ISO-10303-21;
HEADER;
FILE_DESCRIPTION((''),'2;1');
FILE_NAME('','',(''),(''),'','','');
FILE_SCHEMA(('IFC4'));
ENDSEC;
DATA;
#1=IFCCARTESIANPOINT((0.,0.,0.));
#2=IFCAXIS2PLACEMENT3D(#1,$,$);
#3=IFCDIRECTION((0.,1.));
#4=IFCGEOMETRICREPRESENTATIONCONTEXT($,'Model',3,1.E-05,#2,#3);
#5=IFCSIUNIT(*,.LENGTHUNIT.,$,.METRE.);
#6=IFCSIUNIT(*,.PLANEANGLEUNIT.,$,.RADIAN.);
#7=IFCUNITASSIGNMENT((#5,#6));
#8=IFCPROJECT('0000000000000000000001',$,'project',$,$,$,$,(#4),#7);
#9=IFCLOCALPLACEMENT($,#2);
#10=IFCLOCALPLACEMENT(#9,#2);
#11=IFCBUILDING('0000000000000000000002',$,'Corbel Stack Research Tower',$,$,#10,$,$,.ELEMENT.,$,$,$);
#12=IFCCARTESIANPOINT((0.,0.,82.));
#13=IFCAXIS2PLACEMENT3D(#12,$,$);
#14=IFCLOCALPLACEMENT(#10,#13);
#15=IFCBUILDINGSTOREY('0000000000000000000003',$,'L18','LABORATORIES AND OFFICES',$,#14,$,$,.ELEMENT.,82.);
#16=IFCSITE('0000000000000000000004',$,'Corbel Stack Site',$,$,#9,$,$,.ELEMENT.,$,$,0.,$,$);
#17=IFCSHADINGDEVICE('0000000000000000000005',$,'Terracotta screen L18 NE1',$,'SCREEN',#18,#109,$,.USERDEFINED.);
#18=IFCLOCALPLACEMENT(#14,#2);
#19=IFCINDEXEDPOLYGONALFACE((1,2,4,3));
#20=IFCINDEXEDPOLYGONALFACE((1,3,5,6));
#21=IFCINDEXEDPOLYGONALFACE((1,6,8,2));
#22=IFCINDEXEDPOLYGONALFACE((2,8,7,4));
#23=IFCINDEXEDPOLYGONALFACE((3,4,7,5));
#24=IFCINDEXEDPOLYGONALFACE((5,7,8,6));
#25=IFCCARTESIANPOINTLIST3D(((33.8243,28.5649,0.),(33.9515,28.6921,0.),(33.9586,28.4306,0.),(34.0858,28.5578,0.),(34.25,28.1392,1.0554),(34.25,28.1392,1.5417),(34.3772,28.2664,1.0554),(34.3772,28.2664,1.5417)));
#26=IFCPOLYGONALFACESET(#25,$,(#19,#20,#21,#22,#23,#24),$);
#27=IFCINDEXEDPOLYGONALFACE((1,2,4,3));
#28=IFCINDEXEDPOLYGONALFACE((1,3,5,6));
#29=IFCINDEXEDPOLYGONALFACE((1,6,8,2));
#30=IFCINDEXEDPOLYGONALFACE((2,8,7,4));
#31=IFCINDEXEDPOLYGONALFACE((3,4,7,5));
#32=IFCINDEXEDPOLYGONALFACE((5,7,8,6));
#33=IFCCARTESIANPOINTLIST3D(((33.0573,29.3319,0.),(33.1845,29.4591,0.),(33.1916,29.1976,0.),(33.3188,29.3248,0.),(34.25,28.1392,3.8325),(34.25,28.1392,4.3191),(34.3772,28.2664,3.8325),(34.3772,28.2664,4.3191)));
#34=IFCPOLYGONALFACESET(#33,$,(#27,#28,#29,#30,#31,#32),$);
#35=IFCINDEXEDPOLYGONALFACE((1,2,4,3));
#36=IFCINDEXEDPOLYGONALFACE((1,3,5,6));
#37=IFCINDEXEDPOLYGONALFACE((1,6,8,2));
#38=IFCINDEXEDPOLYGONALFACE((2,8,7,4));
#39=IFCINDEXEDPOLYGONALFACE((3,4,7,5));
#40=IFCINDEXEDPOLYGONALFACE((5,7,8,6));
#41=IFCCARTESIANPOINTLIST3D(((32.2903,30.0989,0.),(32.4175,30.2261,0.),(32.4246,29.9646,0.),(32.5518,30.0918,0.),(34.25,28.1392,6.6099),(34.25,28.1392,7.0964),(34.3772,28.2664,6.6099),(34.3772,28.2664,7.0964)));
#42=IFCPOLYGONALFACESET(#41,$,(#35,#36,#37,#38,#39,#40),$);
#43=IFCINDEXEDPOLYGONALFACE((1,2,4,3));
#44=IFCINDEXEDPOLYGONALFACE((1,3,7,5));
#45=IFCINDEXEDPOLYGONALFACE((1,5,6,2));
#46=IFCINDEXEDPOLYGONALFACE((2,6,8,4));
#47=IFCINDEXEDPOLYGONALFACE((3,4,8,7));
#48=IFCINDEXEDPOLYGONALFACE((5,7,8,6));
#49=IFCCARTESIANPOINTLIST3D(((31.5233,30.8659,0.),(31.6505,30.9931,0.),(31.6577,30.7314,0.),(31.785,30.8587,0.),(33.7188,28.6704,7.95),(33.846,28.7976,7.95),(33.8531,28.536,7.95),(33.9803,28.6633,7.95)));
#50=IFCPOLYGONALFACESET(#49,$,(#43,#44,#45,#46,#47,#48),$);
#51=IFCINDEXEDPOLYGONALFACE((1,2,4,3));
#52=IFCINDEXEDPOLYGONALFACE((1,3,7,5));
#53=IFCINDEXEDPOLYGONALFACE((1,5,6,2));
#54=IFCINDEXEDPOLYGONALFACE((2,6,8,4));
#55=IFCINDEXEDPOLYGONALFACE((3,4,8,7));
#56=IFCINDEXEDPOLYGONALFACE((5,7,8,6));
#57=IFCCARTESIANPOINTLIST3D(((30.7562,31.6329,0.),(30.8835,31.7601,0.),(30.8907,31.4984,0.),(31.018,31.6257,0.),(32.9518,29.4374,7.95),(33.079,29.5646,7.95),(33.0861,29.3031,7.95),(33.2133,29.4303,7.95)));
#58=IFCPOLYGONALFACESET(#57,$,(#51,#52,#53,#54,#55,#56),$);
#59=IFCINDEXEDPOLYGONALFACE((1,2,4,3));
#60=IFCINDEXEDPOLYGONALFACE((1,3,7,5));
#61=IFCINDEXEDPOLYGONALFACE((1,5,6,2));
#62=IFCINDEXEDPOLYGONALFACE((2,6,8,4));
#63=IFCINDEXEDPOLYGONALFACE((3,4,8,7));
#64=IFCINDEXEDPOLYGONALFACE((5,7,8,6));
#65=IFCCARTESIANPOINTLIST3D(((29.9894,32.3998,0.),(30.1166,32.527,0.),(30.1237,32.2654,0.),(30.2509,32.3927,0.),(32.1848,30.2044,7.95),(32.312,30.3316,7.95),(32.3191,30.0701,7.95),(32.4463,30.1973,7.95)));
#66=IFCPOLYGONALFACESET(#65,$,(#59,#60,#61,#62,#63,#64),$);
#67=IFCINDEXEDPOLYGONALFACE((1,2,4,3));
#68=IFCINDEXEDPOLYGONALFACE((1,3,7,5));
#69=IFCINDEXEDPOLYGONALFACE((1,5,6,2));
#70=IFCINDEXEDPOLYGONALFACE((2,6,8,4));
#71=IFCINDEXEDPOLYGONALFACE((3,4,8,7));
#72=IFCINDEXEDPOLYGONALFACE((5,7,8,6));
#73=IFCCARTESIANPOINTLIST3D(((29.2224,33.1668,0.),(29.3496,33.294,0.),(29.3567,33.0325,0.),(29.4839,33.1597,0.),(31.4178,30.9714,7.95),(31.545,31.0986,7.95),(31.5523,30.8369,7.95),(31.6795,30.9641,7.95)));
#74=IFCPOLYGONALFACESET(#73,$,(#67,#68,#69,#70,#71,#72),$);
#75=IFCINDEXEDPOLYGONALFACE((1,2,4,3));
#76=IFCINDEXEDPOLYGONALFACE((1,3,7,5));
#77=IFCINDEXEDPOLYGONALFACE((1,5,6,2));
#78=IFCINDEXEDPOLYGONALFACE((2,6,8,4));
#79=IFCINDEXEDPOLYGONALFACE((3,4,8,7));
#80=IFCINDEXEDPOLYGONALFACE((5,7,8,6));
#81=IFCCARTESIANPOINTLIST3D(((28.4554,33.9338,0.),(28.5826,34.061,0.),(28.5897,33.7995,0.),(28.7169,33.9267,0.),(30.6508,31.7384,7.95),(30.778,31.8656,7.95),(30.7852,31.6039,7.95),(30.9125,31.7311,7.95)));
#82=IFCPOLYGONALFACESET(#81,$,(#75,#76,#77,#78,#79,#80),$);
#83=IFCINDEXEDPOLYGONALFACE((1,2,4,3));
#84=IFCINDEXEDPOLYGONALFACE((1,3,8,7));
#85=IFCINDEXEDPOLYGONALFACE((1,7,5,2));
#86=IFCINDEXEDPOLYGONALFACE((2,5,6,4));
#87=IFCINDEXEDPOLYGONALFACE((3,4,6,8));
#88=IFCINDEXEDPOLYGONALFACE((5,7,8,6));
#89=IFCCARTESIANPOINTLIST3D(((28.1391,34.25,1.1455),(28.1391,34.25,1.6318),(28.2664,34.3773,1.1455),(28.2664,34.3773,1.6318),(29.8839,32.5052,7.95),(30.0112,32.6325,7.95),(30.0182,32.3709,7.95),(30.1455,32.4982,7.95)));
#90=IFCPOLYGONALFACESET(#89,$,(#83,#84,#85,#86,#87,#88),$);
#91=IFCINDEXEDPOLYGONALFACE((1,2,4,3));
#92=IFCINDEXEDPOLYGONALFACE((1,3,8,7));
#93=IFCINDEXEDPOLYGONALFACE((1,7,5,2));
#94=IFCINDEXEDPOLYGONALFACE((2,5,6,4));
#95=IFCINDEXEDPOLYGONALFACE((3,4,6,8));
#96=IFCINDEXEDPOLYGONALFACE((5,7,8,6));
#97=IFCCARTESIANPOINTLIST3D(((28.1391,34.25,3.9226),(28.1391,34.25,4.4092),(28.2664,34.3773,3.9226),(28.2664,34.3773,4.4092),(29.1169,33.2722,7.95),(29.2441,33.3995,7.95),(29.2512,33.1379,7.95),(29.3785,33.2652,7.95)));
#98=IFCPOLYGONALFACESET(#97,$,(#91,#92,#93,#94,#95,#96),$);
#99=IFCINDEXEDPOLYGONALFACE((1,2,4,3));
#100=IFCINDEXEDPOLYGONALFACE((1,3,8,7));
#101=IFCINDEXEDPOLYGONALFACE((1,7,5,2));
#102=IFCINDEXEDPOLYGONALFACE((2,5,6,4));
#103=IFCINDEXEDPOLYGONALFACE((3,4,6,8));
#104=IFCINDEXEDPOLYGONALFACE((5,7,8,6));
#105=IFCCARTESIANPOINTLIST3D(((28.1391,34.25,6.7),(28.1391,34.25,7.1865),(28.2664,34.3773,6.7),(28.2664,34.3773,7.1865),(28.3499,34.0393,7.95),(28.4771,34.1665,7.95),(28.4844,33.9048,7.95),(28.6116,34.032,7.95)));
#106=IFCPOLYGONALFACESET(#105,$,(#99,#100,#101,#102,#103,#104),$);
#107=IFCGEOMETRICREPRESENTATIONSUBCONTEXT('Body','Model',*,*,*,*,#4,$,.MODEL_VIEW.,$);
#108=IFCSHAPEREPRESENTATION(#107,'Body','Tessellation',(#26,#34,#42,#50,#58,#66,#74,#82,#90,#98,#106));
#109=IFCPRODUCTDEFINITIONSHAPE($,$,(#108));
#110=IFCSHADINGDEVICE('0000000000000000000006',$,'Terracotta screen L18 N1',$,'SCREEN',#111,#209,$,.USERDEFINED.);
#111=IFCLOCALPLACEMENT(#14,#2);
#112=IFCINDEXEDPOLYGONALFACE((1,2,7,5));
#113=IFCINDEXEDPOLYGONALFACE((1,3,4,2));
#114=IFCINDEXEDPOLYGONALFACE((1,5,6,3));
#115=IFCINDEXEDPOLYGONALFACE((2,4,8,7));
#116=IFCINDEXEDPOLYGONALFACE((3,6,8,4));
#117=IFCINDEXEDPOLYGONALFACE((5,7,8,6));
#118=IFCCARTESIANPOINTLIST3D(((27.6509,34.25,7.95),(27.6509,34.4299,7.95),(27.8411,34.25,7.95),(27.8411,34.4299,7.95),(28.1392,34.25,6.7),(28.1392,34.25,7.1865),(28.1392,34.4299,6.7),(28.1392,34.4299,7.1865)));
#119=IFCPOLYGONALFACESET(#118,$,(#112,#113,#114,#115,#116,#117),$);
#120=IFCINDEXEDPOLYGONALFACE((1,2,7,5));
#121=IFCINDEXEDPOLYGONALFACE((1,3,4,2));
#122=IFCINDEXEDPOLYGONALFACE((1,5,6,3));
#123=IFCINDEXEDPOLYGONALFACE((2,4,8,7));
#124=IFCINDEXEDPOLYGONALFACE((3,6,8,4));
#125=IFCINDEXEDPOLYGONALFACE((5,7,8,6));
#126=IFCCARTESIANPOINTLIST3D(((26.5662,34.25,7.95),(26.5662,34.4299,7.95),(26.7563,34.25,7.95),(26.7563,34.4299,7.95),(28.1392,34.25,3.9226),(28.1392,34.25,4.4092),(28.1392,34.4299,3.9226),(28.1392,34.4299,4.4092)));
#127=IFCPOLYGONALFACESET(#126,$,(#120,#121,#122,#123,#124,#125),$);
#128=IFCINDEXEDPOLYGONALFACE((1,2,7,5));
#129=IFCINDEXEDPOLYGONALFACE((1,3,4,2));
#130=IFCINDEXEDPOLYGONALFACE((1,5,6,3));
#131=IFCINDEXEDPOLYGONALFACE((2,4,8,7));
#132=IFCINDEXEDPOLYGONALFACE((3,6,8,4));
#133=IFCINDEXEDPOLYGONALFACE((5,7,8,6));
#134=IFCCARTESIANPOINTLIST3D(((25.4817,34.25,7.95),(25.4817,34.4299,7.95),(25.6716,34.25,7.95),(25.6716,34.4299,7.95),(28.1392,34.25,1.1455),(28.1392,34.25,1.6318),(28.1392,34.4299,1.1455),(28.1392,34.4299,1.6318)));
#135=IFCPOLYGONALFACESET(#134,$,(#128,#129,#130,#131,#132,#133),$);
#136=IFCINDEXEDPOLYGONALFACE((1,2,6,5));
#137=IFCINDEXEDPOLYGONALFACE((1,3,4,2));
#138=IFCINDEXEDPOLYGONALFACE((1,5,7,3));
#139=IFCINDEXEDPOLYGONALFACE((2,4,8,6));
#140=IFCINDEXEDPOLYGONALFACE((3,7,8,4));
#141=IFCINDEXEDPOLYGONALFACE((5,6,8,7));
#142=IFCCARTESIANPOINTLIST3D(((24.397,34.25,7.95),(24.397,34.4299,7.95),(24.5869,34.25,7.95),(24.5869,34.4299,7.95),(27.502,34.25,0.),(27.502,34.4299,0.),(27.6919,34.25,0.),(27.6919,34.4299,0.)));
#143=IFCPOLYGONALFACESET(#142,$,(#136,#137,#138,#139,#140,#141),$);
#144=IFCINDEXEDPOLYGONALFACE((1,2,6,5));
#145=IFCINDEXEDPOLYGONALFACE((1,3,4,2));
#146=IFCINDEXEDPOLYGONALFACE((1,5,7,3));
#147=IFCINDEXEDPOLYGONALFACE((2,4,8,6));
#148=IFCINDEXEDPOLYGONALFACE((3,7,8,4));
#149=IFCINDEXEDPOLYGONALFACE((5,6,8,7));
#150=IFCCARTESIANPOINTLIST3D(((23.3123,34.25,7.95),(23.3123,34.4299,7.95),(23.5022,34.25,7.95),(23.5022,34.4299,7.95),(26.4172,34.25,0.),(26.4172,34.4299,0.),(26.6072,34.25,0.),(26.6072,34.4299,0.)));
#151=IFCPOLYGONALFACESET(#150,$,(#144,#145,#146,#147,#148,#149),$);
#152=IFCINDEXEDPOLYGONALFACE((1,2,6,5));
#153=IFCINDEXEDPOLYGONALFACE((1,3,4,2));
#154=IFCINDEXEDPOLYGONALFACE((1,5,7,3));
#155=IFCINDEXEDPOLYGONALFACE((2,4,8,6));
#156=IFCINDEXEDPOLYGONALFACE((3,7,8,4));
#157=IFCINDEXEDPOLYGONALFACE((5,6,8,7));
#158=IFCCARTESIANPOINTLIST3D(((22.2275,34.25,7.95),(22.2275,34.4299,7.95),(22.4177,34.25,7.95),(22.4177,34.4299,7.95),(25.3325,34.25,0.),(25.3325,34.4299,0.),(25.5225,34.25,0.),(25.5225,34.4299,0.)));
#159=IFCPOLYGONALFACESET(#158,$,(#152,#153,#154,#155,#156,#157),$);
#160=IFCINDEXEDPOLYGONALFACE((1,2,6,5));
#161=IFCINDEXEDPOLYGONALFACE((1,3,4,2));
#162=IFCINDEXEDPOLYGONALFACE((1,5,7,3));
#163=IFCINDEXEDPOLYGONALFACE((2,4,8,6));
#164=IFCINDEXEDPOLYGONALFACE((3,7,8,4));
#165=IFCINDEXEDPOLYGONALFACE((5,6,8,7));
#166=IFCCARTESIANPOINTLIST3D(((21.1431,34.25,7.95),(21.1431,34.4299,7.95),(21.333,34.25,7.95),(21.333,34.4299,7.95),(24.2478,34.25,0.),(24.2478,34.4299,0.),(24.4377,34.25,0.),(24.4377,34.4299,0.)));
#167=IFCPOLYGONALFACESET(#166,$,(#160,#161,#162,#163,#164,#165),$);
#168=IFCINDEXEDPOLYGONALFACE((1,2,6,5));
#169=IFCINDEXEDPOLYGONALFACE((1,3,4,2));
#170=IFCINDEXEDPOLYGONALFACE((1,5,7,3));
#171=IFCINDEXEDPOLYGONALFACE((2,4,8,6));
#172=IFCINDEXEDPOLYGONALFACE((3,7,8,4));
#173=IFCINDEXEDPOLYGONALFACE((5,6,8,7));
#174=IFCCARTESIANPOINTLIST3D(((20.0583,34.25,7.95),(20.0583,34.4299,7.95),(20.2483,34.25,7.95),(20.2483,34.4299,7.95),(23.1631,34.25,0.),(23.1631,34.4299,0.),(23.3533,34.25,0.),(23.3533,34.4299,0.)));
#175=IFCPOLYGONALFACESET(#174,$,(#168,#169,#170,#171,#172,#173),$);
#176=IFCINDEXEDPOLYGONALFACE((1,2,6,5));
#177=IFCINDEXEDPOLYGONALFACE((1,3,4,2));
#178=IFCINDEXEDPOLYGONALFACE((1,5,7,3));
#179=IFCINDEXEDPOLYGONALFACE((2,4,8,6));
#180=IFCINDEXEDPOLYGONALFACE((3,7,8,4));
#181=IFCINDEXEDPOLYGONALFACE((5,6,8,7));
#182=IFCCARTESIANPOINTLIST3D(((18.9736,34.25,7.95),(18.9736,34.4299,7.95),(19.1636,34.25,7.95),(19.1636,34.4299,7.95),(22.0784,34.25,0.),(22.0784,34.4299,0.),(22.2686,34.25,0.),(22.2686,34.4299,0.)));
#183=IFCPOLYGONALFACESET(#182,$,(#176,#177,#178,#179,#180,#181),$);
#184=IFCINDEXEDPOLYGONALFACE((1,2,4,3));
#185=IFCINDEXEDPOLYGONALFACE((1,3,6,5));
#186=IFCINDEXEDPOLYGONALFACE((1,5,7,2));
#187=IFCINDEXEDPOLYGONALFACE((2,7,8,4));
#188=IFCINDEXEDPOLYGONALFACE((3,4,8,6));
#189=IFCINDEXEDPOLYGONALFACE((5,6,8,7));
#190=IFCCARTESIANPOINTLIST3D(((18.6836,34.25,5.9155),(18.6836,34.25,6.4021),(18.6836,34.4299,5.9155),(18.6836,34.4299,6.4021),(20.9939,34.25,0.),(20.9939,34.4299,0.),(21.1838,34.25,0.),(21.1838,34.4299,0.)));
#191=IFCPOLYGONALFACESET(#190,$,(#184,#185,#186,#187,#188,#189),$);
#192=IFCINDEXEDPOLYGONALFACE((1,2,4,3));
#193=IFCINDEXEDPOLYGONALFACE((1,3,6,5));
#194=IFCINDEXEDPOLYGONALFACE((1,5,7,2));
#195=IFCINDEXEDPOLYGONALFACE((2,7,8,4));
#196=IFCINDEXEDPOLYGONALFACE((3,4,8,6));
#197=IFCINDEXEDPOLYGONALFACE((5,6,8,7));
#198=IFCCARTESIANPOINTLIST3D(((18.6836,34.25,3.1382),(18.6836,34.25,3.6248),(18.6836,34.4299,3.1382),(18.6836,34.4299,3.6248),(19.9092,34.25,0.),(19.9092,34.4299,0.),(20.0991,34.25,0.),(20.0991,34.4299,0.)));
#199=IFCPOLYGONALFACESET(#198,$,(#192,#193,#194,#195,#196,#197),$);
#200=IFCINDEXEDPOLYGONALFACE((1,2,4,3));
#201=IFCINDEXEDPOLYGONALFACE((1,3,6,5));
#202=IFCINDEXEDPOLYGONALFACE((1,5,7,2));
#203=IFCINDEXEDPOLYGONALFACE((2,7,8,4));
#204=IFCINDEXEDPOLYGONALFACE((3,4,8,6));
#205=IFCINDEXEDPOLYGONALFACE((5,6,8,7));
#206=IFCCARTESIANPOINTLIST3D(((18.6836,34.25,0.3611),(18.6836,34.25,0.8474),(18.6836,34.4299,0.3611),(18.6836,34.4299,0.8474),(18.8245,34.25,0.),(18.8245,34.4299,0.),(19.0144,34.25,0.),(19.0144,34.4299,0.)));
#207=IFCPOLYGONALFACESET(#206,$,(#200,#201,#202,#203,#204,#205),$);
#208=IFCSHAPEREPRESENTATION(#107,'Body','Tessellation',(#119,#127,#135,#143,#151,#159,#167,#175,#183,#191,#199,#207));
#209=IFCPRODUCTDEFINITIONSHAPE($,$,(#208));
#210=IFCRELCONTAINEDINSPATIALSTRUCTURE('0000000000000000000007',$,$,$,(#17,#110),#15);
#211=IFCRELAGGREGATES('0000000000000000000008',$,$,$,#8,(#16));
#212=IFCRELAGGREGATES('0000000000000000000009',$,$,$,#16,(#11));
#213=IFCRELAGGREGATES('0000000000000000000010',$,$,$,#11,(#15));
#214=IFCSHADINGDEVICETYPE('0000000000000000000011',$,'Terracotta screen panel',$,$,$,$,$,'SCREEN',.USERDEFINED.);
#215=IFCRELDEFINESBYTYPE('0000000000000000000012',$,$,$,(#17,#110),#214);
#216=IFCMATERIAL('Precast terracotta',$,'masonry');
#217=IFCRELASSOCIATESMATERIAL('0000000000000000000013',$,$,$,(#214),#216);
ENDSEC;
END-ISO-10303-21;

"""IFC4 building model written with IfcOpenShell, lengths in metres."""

from ifc_helpers import new_model, si_unit, direction, frame, origin, place, context, subcontext, project, spatial, polyline, outline, extrude, source, transform, mapped, material, type_object, element, save


model = new_model("IFC4")

# Units and contexts
model_context = context("Model", 3, precision=1e-05, world=origin(), true_north=direction((0.0, 1.0)))
body_context = subcontext(model_context, "Body", "Model", "MODEL_VIEW")
ifc_project = project(units=[si_unit("LENGTHUNIT", "METRE"), si_unit("PLANEANGLEUNIT", "RADIAN")], contexts=[model_context])

# Site, building, storey
site_placement = place(None, origin())
site = spatial("IfcSite", under=ifc_project, at=site_placement, Name="Corbel Stack Site", CompositionType="ELEMENT", RefElevation=0.0)
building_placement = place(site_placement, origin())
building = spatial("IfcBuilding", under=site, at=building_placement, Name="Corbel Stack Research Tower", CompositionType="ELEMENT")
storey_placement = place(building_placement, frame((0.0, 0.0, 82.0)))
storey = spatial("IfcBuildingStorey", under=building, at=storey_placement, Name="L18", Description="LABORATORIES AND OFFICES", CompositionType="ELEMENT", Elevation=82.0)

# Shading devices
ifc_material_1 = material(Name="Precast terracotta", Category="masonry")
shading_device_type = type_object("IfcShadingDeviceType", Name="Terracotta screen panel", ElementType="SCREEN", PredefinedType="USERDEFINED", material=ifc_material_1)
shared_shape_1 = source(origin(), body_context, "Body", "SweptSolid", [
    extrude(outline(polyline([(0.6021, 0.0), (0.0, 1.5417), (0.0, 1.0554), (0.4121, 0.0), (0.6021, 0.0)])), frame((0.0, 0.0, 0.0), z_axis=(0.0, -1.0, 0.0), x_axis=(1.0, 0.0, 0.0)), (0.0, 0.0, 1.0), 0.1799),
    extrude(outline(polyline([(1.6868, 0.0), (0.0, 4.3191), (0.0, 3.8325), (1.4968, 0.0), (1.6868, 0.0)])), frame((0.0, 0.0, 0.0), z_axis=(0.0, -1.0, 0.0), x_axis=(1.0, 0.0, 0.0)), (0.0, 0.0, 1.0), 0.1799),
    extrude(outline(polyline([(2.7715, 0.0), (0.0, 7.0964), (0.0, 6.6099), (2.5815, 0.0), (2.7715, 0.0)])), frame((0.0, 0.0, 0.0), z_axis=(0.0, -1.0, 0.0), x_axis=(1.0, 0.0, 0.0)), (0.0, 0.0, 1.0), 0.1799),
    extrude(outline(polyline([(3.8562, 0.0), (0.7512, 7.95), (0.5613, 7.95), (3.666, 0.0), (3.8562, 0.0)])), frame((0.0, 0.0, 0.0), z_axis=(0.0, -1.0, 0.0), x_axis=(1.0, 0.0, 0.0)), (0.0, 0.0, 1.0), 0.1799),
    extrude(outline(polyline([(4.9409, 0.0), (1.8359, 7.95), (1.646, 7.95), (4.7507, 0.0), (4.9409, 0.0)])), frame((0.0, 0.0, 0.0), z_axis=(0.0, -1.0, 0.0), x_axis=(1.0, 0.0, 0.0)), (0.0, 0.0, 1.0), 0.1799),
    extrude(outline(polyline([(6.0254, 0.0), (2.9207, 7.95), (2.7307, 7.95), (5.8354, 0.0), (6.0254, 0.0)])), frame((0.0, 0.0, 0.0), z_axis=(0.0, -1.0, 0.0), x_axis=(1.0, 0.0, 0.0)), (0.0, 0.0, 1.0), 0.1799),
    extrude(outline(polyline([(7.1101, 0.0), (4.0054, 7.95), (3.8152, 7.95), (6.9202, 0.0), (7.1101, 0.0)])), frame((0.0, 0.0, 0.0), z_axis=(0.0, -1.0, 0.0), x_axis=(1.0, 0.0, 0.0)), (0.0, 0.0, 1.0), 0.1799),
    extrude(outline(polyline([(8.1948, 0.0), (5.0901, 7.95), (4.8999, 7.95), (8.0049, 0.0), (8.1948, 0.0)])), frame((0.0, 0.0, 0.0), z_axis=(0.0, -1.0, 0.0), x_axis=(1.0, 0.0, 0.0)), (0.0, 0.0, 1.0), 0.1799),
    extrude(outline(polyline([(6.1746, 7.95), (5.9846, 7.95), (8.6421, 1.1455), (8.6421, 1.6318), (6.1746, 7.95)])), frame((0.0, 0.0, 0.0), z_axis=(0.0, -1.0, 0.0), x_axis=(1.0, 0.0, 0.0)), (0.0, 0.0, 1.0), 0.1799),
    extrude(outline(polyline([(7.2593, 7.95), (7.0693, 7.95), (8.6421, 3.9226), (8.6421, 4.4092), (7.2593, 7.95)])), frame((0.0, 0.0, 0.0), z_axis=(0.0, -1.0, 0.0), x_axis=(1.0, 0.0, 0.0)), (0.0, 0.0, 1.0), 0.1799),
    extrude(outline(polyline([(8.344, 7.95), (8.1538, 7.95), (8.6421, 6.7), (8.6421, 7.1865), (8.344, 7.95)])), frame((0.0, 0.0, 0.0), z_axis=(0.0, -1.0, 0.0), x_axis=(1.0, 0.0, 0.0)), (0.0, 0.0, 1.0), 0.1799),
])
shading_device_1_placement = place(storey_placement, frame((34.25, 28.1392, 0.0), z_axis=(0.0, 0.0, 1.0), x_axis=(-0.707107, 0.707107, 0.0)))
element("IfcShadingDevice", 1, at=shading_device_1_placement, inside=storey, type_object=shading_device_type, Name="Terracotta screen L18 NE1", ObjectType="SCREEN", PredefinedType="USERDEFINED", context=body_context, shape_type="MappedRepresentation", body=[
    mapped(shared_shape_1, transform((0.0, 0.0, 0.0))),
])
shared_shape_2 = source(origin(), body_context, "Body", "SweptSolid", [
    extrude(outline(polyline([(0.4883, 7.95), (0.2981, 7.95), (0.0, 7.1865), (0.0, 6.7), (0.4883, 7.95)])), frame((0.0, 0.0, 0.0), z_axis=(0.0, -1.0, 0.0), x_axis=(1.0, 0.0, 0.0)), (0.0, 0.0, 1.0), 0.1799),
    extrude(outline(polyline([(1.573, 7.95), (1.3828, 7.95), (0.0, 4.4092), (0.0, 3.9226), (1.573, 7.95)])), frame((0.0, 0.0, 0.0), z_axis=(0.0, -1.0, 0.0), x_axis=(1.0, 0.0, 0.0)), (0.0, 0.0, 1.0), 0.1799),
    extrude(outline(polyline([(2.6575, 7.95), (2.4675, 7.95), (0.0, 1.6318), (0.0, 1.1455), (2.6575, 7.95)])), frame((0.0, 0.0, 0.0), z_axis=(0.0, -1.0, 0.0), x_axis=(1.0, 0.0, 0.0)), (0.0, 0.0, 1.0), 0.1799),
    extrude(outline(polyline([(0.6372, 0.0), (3.7422, 7.95), (3.5522, 7.95), (0.4473, 0.0), (0.6372, 0.0)])), frame((0.0, 0.0, 0.0), z_axis=(0.0, -1.0, 0.0), x_axis=(1.0, 0.0, 0.0)), (0.0, 0.0, 1.0), 0.1799),
    extrude(outline(polyline([(1.7219, 0.0), (4.8269, 7.95), (4.637, 7.95), (1.532, 0.0), (1.7219, 0.0)])), frame((0.0, 0.0, 0.0), z_axis=(0.0, -1.0, 0.0), x_axis=(1.0, 0.0, 0.0)), (0.0, 0.0, 1.0), 0.1799),
    extrude(outline(polyline([(2.8066, 0.0), (5.9116, 7.95), (5.7214, 7.95), (2.6167, 0.0), (2.8066, 0.0)])), frame((0.0, 0.0, 0.0), z_axis=(0.0, -1.0, 0.0), x_axis=(1.0, 0.0, 0.0)), (0.0, 0.0, 1.0), 0.1799),
    extrude(outline(polyline([(3.8914, 0.0), (6.9961, 7.95), (6.8062, 7.95), (3.7014, 0.0), (3.8914, 0.0)])), frame((0.0, 0.0, 0.0), z_axis=(0.0, -1.0, 0.0), x_axis=(1.0, 0.0, 0.0)), (0.0, 0.0, 1.0), 0.1799),
    extrude(outline(polyline([(4.9761, 0.0), (8.0808, 7.95), (7.8909, 7.95), (4.7859, 0.0), (4.9761, 0.0)])), frame((0.0, 0.0, 0.0), z_axis=(0.0, -1.0, 0.0), x_axis=(1.0, 0.0, 0.0)), (0.0, 0.0, 1.0), 0.1799),
    extrude(outline(polyline([(6.0608, 0.0), (9.1655, 7.95), (8.9756, 7.95), (5.8706, 0.0), (6.0608, 0.0)])), frame((0.0, 0.0, 0.0), z_axis=(0.0, -1.0, 0.0), x_axis=(1.0, 0.0, 0.0)), (0.0, 0.0, 1.0), 0.1799),
    extrude(outline(polyline([(7.1453, 0.0), (9.4556, 5.9155), (9.4556, 6.4021), (6.9553, 0.0), (7.1453, 0.0)])), frame((0.0, 0.0, 0.0), z_axis=(0.0, -1.0, 0.0), x_axis=(1.0, 0.0, 0.0)), (0.0, 0.0, 1.0), 0.1799),
    extrude(outline(polyline([(8.23, 0.0), (9.4556, 3.1382), (9.4556, 3.6248), (8.04, 0.0), (8.23, 0.0)])), frame((0.0, 0.0, 0.0), z_axis=(0.0, -1.0, 0.0), x_axis=(1.0, 0.0, 0.0)), (0.0, 0.0, 1.0), 0.1799),
    extrude(outline(polyline([(9.3147, 0.0), (9.4556, 0.3611), (9.4556, 0.8474), (9.1248, 0.0), (9.3147, 0.0)])), frame((0.0, 0.0, 0.0), z_axis=(0.0, -1.0, 0.0), x_axis=(1.0, 0.0, 0.0)), (0.0, 0.0, 1.0), 0.1799),
])
shading_device_2_placement = place(storey_placement, frame((28.1392, 34.25, 0.0), z_axis=(0.0, 0.0, 1.0), x_axis=(-1.0, 0.0, 0.0)))
element("IfcShadingDevice", 2, at=shading_device_2_placement, inside=storey, type_object=shading_device_type, Name="Terracotta screen L18 N1", ObjectType="SCREEN", PredefinedType="USERDEFINED", context=body_context, shape_type="MappedRepresentation", body=[
    mapped(shared_shape_2, transform((0.0, 0.0, 0.0))),
])

save(model, "model.ifc")
